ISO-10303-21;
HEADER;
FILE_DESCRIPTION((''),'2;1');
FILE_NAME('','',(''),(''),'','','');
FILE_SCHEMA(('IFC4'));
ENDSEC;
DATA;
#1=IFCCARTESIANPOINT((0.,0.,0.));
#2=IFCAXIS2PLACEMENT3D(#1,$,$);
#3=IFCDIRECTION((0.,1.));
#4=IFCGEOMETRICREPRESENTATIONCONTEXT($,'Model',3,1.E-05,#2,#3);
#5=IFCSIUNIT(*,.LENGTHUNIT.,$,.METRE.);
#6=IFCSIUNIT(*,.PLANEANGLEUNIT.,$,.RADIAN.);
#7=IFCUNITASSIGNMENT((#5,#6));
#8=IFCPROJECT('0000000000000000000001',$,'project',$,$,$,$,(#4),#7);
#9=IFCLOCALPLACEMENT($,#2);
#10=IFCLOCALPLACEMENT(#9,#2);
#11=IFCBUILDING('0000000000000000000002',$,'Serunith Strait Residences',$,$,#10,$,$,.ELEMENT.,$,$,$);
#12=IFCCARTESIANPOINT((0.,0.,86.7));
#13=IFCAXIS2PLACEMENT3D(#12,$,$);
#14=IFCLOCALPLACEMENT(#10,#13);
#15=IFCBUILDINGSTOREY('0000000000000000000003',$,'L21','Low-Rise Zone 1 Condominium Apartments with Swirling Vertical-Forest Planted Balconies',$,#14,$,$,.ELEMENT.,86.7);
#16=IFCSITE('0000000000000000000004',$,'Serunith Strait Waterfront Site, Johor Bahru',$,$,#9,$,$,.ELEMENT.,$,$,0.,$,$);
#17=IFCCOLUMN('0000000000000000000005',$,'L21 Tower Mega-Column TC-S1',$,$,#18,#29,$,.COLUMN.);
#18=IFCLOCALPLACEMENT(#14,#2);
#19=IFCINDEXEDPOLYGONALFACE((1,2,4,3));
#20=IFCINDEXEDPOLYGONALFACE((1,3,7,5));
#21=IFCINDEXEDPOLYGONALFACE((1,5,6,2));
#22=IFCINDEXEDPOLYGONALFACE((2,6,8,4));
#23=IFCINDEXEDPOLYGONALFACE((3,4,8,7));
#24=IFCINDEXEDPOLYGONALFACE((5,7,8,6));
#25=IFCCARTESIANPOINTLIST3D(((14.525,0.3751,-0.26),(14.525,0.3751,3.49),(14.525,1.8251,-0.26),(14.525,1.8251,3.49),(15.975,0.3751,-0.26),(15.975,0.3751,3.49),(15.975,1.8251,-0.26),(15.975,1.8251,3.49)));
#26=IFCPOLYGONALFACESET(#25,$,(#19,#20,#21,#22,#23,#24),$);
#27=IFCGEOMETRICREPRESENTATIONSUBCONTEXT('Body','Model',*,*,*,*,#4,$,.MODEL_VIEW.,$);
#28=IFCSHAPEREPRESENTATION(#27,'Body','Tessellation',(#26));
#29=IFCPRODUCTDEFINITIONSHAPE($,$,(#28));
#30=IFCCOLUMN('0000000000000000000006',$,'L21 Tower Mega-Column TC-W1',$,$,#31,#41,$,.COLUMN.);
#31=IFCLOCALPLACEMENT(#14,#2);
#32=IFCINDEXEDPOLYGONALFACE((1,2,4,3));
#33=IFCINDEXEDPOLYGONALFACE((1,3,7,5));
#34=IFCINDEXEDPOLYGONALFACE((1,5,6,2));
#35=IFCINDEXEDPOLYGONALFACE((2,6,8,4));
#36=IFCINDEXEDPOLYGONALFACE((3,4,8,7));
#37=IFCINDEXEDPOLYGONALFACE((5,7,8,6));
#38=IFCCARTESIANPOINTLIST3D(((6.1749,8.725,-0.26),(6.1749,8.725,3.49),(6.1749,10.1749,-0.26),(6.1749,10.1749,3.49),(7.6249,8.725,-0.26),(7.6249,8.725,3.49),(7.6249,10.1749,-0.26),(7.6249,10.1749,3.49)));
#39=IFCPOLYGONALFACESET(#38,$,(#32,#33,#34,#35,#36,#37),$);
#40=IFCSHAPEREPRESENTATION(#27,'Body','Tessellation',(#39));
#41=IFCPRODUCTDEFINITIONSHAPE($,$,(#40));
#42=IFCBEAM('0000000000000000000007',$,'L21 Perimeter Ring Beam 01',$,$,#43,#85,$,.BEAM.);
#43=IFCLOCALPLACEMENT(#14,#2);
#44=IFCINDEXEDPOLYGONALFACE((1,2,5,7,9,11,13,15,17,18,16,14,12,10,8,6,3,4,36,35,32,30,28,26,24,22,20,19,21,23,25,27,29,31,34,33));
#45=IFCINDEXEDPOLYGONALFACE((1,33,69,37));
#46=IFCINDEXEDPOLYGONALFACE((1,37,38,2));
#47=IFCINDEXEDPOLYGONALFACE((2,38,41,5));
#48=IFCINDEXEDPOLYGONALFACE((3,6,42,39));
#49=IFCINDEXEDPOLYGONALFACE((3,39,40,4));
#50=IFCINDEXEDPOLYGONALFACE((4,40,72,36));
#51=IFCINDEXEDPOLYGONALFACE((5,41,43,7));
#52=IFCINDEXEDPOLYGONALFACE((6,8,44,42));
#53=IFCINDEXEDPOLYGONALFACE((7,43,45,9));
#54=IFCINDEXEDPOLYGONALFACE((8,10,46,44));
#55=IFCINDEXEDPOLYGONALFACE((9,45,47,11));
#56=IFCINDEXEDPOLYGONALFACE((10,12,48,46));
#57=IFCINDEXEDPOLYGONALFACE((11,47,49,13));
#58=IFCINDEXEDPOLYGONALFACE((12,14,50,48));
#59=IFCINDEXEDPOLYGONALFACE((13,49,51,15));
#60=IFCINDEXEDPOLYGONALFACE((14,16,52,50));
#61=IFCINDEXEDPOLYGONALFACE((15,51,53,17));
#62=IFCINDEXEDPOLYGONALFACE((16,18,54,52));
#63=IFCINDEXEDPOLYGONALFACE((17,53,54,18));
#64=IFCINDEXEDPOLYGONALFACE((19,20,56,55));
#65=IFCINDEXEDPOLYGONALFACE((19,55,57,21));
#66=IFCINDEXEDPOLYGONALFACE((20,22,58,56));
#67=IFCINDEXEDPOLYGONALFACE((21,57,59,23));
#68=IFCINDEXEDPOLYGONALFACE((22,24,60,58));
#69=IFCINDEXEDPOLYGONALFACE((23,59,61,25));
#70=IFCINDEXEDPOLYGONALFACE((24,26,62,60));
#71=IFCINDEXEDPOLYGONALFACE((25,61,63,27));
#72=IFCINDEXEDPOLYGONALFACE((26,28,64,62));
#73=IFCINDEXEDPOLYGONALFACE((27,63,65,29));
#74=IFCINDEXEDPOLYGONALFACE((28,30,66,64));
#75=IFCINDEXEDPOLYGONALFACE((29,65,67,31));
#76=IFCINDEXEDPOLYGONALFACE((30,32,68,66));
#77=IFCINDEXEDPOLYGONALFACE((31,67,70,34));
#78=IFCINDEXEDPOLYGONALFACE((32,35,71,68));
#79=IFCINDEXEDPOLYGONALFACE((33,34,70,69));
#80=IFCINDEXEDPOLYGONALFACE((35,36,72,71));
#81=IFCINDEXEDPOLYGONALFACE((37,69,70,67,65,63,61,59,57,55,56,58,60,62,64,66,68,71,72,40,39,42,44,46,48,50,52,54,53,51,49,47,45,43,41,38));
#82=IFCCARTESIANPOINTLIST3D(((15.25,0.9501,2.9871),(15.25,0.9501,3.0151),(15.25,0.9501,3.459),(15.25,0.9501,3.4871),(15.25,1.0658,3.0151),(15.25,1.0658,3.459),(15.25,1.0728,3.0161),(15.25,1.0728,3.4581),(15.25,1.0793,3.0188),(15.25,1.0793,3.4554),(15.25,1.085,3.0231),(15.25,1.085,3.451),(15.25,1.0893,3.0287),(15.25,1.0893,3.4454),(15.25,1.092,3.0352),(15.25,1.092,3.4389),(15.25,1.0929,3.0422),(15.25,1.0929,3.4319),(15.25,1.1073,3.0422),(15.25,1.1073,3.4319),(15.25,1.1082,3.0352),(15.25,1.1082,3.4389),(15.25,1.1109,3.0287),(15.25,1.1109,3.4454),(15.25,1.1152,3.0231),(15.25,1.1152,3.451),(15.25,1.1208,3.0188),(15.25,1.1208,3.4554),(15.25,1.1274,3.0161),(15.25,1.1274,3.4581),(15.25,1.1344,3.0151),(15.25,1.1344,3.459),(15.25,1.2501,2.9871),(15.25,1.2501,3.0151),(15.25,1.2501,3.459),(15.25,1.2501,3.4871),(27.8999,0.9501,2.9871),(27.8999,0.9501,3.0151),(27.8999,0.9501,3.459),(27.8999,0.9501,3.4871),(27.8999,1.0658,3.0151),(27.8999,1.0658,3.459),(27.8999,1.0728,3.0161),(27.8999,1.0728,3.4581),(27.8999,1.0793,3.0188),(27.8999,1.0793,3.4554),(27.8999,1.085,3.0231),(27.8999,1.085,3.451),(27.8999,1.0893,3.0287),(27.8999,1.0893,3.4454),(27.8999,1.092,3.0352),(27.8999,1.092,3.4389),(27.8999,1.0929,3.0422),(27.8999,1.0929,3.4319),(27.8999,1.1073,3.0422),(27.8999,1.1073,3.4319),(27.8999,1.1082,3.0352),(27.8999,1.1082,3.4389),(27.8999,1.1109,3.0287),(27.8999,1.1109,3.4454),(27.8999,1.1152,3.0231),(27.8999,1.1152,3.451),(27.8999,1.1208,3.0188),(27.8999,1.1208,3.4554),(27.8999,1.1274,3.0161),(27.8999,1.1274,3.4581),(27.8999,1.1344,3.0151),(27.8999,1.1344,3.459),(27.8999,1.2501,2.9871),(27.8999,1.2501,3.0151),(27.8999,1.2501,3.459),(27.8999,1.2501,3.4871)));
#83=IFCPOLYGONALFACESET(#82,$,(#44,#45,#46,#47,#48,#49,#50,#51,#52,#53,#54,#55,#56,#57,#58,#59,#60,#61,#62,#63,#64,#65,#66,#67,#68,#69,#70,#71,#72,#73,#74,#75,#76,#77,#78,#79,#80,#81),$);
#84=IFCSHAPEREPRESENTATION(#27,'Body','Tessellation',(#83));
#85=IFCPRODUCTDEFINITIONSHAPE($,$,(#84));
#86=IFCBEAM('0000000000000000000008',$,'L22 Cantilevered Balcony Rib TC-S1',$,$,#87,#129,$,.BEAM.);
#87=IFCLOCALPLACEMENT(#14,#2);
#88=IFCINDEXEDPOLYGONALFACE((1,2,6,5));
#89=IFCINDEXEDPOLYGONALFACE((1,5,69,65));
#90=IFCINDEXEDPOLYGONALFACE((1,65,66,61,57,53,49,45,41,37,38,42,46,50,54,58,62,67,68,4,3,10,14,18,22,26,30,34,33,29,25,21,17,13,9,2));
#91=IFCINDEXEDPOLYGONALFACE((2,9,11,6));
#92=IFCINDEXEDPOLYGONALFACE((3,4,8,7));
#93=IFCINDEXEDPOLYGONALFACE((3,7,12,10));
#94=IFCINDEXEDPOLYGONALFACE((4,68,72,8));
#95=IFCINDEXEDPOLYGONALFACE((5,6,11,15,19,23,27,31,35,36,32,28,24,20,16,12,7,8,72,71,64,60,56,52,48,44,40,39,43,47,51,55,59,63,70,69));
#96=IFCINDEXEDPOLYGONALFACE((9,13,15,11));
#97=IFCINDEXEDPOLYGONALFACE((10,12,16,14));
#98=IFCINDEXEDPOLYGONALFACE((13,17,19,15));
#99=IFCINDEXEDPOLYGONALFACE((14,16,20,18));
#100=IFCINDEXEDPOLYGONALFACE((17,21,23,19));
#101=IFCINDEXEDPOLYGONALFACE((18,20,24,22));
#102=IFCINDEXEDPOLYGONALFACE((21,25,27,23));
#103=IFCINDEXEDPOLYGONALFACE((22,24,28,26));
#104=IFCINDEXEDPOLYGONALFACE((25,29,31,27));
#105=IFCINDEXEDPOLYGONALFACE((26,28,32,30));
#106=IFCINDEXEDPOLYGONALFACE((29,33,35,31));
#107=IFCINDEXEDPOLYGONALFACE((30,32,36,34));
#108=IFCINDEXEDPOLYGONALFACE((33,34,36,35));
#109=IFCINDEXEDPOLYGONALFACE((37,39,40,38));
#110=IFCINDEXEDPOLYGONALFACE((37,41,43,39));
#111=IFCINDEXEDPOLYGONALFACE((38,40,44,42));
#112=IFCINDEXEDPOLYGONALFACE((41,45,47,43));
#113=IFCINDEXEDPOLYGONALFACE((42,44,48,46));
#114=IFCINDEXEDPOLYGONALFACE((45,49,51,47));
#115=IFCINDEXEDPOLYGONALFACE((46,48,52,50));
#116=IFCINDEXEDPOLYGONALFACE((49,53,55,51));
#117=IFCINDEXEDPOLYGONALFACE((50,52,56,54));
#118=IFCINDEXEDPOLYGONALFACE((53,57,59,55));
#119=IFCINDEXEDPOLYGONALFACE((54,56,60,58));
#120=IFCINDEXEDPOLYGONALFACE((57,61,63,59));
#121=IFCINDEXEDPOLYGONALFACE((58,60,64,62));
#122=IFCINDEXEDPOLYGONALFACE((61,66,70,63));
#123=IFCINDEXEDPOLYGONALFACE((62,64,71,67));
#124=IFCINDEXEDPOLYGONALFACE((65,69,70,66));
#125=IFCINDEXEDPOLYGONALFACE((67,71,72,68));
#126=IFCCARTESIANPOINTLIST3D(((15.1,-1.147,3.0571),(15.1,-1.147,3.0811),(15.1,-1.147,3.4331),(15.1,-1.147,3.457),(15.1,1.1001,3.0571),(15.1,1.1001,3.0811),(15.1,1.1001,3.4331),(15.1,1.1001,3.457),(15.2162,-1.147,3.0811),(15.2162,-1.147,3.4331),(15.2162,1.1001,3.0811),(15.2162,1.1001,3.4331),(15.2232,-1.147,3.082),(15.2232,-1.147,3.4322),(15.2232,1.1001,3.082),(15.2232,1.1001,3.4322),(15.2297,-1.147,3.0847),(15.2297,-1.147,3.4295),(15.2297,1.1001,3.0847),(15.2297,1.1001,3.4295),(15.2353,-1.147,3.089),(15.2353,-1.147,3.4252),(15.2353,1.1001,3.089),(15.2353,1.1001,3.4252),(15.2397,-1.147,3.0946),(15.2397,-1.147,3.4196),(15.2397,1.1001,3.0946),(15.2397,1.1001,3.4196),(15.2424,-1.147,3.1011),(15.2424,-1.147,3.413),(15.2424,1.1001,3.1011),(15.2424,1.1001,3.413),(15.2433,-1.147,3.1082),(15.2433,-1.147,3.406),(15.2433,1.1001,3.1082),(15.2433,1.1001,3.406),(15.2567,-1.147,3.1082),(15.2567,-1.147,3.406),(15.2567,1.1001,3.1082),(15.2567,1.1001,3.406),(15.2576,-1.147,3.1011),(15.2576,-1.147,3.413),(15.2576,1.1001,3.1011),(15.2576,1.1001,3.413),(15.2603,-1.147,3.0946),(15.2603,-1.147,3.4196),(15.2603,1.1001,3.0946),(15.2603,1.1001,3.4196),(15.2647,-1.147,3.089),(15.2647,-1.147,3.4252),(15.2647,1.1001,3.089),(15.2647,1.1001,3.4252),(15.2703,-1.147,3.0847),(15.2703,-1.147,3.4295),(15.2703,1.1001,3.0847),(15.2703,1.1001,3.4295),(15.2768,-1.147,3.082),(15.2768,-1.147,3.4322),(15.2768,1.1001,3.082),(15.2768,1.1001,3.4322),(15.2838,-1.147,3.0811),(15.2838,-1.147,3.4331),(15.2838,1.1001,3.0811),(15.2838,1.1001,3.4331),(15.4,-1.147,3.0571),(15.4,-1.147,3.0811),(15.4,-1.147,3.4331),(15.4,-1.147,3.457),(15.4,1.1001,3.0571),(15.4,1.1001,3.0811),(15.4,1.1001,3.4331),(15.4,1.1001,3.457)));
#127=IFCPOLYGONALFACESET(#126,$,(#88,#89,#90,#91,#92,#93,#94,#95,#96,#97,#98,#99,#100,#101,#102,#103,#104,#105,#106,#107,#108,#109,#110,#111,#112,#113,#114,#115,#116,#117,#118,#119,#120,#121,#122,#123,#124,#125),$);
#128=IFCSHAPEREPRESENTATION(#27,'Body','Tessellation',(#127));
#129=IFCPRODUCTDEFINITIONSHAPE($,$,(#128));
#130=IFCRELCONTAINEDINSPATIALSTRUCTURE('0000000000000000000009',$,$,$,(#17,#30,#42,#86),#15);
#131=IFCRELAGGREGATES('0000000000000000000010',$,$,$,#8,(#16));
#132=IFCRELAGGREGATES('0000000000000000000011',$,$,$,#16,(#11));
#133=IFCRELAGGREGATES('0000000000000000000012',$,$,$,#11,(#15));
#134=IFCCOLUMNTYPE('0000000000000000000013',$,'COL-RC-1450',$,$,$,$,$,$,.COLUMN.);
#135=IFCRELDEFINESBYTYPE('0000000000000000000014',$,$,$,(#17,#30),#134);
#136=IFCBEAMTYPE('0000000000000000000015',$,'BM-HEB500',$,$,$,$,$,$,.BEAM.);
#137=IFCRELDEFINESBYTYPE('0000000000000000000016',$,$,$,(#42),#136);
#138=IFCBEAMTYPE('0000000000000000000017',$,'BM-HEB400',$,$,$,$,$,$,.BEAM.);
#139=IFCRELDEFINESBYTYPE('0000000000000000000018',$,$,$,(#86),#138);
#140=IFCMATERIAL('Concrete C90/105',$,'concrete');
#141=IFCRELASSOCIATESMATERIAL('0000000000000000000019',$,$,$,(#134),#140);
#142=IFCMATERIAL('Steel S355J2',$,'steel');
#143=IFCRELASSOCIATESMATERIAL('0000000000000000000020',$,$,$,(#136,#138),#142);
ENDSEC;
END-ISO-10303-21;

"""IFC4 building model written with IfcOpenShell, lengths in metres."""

from ifc_helpers import new_model, si_unit, direction, frame, origin, origin_2d, place, context, subcontext, project, spatial, rectangle, i_section, extrude, source, transform, mapped, material, material_profile, profile_set, type_object, element, save


model = new_model("IFC4")

# Units and contexts
model_context = context("Model", 3, precision=1e-05, world=origin(), true_north=direction((0.0, 1.0)))
body_context = subcontext(model_context, "Body", "Model", "MODEL_VIEW")
ifc_project = project(units=[si_unit("LENGTHUNIT", "METRE"), si_unit("PLANEANGLEUNIT", "RADIAN")], contexts=[model_context])

# Site, building, storey
site_placement = place(None, origin())
site = spatial("IfcSite", under=ifc_project, at=site_placement, Name="Serunith Strait Waterfront Site, Johor Bahru", CompositionType="ELEMENT", RefElevation=0.0)
building_placement = place(site_placement, origin())
building = spatial("IfcBuilding", under=site, at=building_placement, Name="Serunith Strait Residences", CompositionType="ELEMENT")
storey_placement = place(building_placement, frame((0.0, 0.0, 86.7)))
storey = spatial("IfcBuildingStorey", under=building, at=storey_placement, Name="L21", Description="Low-Rise Zone 1 Condominium Apartments with Swirling Vertical-Forest Planted Balconies", CompositionType="ELEMENT", Elevation=86.7)

# Columns
ifc_material_1 = material(Name="Concrete C90/105", Category="concrete")
ifc_material_profile_1 = material_profile(ifc_material_1, rectangle(XDim=1.45, YDim=1.45, at=origin_2d()), Name="RC 1450x1450")
ifc_profile_set_1 = profile_set([ifc_material_profile_1], Name="Concrete C90/105")
column_type = type_object("IfcColumnType", Name="COL-RC-1450", PredefinedType="COLUMN", material=ifc_profile_set_1)
shared_shape_1 = source(origin(), body_context, "Body", "SweptSolid", [
    extrude(rectangle(XDim=1.45, YDim=1.45, at=origin_2d()), origin(), (0.0, 0.0, 1.0), 3.75),
])
for number, where, z_axis, x_axis, name in (
    (1, (15.25, 1.1001, -0.26), (0.0, 0.0, 1.0), (1.0, 0.0, 0.0), "L21 Tower Mega-Column TC-S1"),
    (2, (6.8999, 9.45, -0.26), (0.0, 0.0, 1.0), (1.0, 0.0, 0.0), "L21 Tower Mega-Column TC-W1"),
):
    element("IfcColumn", number, at=place(storey_placement, frame(where, z_axis=z_axis, x_axis=x_axis)), inside=storey, type_object=column_type, Name=name, PredefinedType="COLUMN", context=body_context, shape_type="MappedRepresentation", body=[
        mapped(shared_shape_1, transform((0.0, 0.0, 0.0), scale=1.0)),
    ])

# Beams
ifc_material_2 = material(Name="Steel S355J2", Category="steel")
ifc_material_profile_2 = material_profile(ifc_material_2, i_section(OverallWidth=0.3, OverallDepth=0.5, WebThickness=0.0144, FlangeThickness=0.0281, FilletRadius=0.0271, at=origin_2d()), Name="HEB 500")
ifc_profile_set_2 = profile_set([ifc_material_profile_2], Name="Steel S355J2")
beam_type_1 = type_object("IfcBeamType", Name="BM-HEB500", PredefinedType="BEAM", material=ifc_profile_set_2)
shared_shape_2 = source(origin(), body_context, "Body", "SweptSolid", [
    extrude(i_section(OverallWidth=0.3, OverallDepth=0.5, WebThickness=0.0144, FlangeThickness=0.0281, FilletRadius=0.0271, at=origin_2d()), origin(), (0.0, 0.0, 1.0), 12.6499),
])
beam_1_placement = place(storey_placement, frame((15.25, 1.1001, 3.2371), z_axis=(1.0, 0.0, 0.0), x_axis=(0.0, 1.0, 0.0)))
element("IfcBeam", 3, at=beam_1_placement, inside=storey, type_object=beam_type_1, Name="L21 Perimeter Ring Beam 01", PredefinedType="BEAM", context=body_context, shape_type="MappedRepresentation", body=[
    mapped(shared_shape_2, transform((0.0, 0.0, 0.0), scale=1.0)),
])
ifc_material_profile_3 = material_profile(ifc_material_2, i_section(OverallWidth=0.3, OverallDepth=0.3999, WebThickness=0.0134, FlangeThickness=0.0239, FilletRadius=0.0271, at=origin_2d()), Name="HEB 400")
ifc_profile_set_3 = profile_set([ifc_material_profile_3], Name="Steel S355J2")
beam_type_2 = type_object("IfcBeamType", Name="BM-HEB400", PredefinedType="BEAM", material=ifc_profile_set_3)
shared_shape_3 = source(origin(), body_context, "Body", "SweptSolid", [
    extrude(i_section(OverallWidth=0.3, OverallDepth=0.3999, WebThickness=0.0134, FlangeThickness=0.0239, FilletRadius=0.0271, at=origin_2d()), origin(), (0.0, 0.0, 1.0), 2.2471),
])
beam_2_placement = place(storey_placement, frame((15.25, 1.1001, 3.2571), z_axis=(0.0, -1.0, 0.0), x_axis=(1.0, 0.0, 0.0)))
element("IfcBeam", 4, at=beam_2_placement, inside=storey, type_object=beam_type_2, Name="L22 Cantilevered Balcony Rib TC-S1", PredefinedType="BEAM", context=body_context, shape_type="MappedRepresentation", body=[
    mapped(shared_shape_3, transform((0.0, 0.0, 0.0), scale=1.0)),
])

save(model, "model.ifc")
